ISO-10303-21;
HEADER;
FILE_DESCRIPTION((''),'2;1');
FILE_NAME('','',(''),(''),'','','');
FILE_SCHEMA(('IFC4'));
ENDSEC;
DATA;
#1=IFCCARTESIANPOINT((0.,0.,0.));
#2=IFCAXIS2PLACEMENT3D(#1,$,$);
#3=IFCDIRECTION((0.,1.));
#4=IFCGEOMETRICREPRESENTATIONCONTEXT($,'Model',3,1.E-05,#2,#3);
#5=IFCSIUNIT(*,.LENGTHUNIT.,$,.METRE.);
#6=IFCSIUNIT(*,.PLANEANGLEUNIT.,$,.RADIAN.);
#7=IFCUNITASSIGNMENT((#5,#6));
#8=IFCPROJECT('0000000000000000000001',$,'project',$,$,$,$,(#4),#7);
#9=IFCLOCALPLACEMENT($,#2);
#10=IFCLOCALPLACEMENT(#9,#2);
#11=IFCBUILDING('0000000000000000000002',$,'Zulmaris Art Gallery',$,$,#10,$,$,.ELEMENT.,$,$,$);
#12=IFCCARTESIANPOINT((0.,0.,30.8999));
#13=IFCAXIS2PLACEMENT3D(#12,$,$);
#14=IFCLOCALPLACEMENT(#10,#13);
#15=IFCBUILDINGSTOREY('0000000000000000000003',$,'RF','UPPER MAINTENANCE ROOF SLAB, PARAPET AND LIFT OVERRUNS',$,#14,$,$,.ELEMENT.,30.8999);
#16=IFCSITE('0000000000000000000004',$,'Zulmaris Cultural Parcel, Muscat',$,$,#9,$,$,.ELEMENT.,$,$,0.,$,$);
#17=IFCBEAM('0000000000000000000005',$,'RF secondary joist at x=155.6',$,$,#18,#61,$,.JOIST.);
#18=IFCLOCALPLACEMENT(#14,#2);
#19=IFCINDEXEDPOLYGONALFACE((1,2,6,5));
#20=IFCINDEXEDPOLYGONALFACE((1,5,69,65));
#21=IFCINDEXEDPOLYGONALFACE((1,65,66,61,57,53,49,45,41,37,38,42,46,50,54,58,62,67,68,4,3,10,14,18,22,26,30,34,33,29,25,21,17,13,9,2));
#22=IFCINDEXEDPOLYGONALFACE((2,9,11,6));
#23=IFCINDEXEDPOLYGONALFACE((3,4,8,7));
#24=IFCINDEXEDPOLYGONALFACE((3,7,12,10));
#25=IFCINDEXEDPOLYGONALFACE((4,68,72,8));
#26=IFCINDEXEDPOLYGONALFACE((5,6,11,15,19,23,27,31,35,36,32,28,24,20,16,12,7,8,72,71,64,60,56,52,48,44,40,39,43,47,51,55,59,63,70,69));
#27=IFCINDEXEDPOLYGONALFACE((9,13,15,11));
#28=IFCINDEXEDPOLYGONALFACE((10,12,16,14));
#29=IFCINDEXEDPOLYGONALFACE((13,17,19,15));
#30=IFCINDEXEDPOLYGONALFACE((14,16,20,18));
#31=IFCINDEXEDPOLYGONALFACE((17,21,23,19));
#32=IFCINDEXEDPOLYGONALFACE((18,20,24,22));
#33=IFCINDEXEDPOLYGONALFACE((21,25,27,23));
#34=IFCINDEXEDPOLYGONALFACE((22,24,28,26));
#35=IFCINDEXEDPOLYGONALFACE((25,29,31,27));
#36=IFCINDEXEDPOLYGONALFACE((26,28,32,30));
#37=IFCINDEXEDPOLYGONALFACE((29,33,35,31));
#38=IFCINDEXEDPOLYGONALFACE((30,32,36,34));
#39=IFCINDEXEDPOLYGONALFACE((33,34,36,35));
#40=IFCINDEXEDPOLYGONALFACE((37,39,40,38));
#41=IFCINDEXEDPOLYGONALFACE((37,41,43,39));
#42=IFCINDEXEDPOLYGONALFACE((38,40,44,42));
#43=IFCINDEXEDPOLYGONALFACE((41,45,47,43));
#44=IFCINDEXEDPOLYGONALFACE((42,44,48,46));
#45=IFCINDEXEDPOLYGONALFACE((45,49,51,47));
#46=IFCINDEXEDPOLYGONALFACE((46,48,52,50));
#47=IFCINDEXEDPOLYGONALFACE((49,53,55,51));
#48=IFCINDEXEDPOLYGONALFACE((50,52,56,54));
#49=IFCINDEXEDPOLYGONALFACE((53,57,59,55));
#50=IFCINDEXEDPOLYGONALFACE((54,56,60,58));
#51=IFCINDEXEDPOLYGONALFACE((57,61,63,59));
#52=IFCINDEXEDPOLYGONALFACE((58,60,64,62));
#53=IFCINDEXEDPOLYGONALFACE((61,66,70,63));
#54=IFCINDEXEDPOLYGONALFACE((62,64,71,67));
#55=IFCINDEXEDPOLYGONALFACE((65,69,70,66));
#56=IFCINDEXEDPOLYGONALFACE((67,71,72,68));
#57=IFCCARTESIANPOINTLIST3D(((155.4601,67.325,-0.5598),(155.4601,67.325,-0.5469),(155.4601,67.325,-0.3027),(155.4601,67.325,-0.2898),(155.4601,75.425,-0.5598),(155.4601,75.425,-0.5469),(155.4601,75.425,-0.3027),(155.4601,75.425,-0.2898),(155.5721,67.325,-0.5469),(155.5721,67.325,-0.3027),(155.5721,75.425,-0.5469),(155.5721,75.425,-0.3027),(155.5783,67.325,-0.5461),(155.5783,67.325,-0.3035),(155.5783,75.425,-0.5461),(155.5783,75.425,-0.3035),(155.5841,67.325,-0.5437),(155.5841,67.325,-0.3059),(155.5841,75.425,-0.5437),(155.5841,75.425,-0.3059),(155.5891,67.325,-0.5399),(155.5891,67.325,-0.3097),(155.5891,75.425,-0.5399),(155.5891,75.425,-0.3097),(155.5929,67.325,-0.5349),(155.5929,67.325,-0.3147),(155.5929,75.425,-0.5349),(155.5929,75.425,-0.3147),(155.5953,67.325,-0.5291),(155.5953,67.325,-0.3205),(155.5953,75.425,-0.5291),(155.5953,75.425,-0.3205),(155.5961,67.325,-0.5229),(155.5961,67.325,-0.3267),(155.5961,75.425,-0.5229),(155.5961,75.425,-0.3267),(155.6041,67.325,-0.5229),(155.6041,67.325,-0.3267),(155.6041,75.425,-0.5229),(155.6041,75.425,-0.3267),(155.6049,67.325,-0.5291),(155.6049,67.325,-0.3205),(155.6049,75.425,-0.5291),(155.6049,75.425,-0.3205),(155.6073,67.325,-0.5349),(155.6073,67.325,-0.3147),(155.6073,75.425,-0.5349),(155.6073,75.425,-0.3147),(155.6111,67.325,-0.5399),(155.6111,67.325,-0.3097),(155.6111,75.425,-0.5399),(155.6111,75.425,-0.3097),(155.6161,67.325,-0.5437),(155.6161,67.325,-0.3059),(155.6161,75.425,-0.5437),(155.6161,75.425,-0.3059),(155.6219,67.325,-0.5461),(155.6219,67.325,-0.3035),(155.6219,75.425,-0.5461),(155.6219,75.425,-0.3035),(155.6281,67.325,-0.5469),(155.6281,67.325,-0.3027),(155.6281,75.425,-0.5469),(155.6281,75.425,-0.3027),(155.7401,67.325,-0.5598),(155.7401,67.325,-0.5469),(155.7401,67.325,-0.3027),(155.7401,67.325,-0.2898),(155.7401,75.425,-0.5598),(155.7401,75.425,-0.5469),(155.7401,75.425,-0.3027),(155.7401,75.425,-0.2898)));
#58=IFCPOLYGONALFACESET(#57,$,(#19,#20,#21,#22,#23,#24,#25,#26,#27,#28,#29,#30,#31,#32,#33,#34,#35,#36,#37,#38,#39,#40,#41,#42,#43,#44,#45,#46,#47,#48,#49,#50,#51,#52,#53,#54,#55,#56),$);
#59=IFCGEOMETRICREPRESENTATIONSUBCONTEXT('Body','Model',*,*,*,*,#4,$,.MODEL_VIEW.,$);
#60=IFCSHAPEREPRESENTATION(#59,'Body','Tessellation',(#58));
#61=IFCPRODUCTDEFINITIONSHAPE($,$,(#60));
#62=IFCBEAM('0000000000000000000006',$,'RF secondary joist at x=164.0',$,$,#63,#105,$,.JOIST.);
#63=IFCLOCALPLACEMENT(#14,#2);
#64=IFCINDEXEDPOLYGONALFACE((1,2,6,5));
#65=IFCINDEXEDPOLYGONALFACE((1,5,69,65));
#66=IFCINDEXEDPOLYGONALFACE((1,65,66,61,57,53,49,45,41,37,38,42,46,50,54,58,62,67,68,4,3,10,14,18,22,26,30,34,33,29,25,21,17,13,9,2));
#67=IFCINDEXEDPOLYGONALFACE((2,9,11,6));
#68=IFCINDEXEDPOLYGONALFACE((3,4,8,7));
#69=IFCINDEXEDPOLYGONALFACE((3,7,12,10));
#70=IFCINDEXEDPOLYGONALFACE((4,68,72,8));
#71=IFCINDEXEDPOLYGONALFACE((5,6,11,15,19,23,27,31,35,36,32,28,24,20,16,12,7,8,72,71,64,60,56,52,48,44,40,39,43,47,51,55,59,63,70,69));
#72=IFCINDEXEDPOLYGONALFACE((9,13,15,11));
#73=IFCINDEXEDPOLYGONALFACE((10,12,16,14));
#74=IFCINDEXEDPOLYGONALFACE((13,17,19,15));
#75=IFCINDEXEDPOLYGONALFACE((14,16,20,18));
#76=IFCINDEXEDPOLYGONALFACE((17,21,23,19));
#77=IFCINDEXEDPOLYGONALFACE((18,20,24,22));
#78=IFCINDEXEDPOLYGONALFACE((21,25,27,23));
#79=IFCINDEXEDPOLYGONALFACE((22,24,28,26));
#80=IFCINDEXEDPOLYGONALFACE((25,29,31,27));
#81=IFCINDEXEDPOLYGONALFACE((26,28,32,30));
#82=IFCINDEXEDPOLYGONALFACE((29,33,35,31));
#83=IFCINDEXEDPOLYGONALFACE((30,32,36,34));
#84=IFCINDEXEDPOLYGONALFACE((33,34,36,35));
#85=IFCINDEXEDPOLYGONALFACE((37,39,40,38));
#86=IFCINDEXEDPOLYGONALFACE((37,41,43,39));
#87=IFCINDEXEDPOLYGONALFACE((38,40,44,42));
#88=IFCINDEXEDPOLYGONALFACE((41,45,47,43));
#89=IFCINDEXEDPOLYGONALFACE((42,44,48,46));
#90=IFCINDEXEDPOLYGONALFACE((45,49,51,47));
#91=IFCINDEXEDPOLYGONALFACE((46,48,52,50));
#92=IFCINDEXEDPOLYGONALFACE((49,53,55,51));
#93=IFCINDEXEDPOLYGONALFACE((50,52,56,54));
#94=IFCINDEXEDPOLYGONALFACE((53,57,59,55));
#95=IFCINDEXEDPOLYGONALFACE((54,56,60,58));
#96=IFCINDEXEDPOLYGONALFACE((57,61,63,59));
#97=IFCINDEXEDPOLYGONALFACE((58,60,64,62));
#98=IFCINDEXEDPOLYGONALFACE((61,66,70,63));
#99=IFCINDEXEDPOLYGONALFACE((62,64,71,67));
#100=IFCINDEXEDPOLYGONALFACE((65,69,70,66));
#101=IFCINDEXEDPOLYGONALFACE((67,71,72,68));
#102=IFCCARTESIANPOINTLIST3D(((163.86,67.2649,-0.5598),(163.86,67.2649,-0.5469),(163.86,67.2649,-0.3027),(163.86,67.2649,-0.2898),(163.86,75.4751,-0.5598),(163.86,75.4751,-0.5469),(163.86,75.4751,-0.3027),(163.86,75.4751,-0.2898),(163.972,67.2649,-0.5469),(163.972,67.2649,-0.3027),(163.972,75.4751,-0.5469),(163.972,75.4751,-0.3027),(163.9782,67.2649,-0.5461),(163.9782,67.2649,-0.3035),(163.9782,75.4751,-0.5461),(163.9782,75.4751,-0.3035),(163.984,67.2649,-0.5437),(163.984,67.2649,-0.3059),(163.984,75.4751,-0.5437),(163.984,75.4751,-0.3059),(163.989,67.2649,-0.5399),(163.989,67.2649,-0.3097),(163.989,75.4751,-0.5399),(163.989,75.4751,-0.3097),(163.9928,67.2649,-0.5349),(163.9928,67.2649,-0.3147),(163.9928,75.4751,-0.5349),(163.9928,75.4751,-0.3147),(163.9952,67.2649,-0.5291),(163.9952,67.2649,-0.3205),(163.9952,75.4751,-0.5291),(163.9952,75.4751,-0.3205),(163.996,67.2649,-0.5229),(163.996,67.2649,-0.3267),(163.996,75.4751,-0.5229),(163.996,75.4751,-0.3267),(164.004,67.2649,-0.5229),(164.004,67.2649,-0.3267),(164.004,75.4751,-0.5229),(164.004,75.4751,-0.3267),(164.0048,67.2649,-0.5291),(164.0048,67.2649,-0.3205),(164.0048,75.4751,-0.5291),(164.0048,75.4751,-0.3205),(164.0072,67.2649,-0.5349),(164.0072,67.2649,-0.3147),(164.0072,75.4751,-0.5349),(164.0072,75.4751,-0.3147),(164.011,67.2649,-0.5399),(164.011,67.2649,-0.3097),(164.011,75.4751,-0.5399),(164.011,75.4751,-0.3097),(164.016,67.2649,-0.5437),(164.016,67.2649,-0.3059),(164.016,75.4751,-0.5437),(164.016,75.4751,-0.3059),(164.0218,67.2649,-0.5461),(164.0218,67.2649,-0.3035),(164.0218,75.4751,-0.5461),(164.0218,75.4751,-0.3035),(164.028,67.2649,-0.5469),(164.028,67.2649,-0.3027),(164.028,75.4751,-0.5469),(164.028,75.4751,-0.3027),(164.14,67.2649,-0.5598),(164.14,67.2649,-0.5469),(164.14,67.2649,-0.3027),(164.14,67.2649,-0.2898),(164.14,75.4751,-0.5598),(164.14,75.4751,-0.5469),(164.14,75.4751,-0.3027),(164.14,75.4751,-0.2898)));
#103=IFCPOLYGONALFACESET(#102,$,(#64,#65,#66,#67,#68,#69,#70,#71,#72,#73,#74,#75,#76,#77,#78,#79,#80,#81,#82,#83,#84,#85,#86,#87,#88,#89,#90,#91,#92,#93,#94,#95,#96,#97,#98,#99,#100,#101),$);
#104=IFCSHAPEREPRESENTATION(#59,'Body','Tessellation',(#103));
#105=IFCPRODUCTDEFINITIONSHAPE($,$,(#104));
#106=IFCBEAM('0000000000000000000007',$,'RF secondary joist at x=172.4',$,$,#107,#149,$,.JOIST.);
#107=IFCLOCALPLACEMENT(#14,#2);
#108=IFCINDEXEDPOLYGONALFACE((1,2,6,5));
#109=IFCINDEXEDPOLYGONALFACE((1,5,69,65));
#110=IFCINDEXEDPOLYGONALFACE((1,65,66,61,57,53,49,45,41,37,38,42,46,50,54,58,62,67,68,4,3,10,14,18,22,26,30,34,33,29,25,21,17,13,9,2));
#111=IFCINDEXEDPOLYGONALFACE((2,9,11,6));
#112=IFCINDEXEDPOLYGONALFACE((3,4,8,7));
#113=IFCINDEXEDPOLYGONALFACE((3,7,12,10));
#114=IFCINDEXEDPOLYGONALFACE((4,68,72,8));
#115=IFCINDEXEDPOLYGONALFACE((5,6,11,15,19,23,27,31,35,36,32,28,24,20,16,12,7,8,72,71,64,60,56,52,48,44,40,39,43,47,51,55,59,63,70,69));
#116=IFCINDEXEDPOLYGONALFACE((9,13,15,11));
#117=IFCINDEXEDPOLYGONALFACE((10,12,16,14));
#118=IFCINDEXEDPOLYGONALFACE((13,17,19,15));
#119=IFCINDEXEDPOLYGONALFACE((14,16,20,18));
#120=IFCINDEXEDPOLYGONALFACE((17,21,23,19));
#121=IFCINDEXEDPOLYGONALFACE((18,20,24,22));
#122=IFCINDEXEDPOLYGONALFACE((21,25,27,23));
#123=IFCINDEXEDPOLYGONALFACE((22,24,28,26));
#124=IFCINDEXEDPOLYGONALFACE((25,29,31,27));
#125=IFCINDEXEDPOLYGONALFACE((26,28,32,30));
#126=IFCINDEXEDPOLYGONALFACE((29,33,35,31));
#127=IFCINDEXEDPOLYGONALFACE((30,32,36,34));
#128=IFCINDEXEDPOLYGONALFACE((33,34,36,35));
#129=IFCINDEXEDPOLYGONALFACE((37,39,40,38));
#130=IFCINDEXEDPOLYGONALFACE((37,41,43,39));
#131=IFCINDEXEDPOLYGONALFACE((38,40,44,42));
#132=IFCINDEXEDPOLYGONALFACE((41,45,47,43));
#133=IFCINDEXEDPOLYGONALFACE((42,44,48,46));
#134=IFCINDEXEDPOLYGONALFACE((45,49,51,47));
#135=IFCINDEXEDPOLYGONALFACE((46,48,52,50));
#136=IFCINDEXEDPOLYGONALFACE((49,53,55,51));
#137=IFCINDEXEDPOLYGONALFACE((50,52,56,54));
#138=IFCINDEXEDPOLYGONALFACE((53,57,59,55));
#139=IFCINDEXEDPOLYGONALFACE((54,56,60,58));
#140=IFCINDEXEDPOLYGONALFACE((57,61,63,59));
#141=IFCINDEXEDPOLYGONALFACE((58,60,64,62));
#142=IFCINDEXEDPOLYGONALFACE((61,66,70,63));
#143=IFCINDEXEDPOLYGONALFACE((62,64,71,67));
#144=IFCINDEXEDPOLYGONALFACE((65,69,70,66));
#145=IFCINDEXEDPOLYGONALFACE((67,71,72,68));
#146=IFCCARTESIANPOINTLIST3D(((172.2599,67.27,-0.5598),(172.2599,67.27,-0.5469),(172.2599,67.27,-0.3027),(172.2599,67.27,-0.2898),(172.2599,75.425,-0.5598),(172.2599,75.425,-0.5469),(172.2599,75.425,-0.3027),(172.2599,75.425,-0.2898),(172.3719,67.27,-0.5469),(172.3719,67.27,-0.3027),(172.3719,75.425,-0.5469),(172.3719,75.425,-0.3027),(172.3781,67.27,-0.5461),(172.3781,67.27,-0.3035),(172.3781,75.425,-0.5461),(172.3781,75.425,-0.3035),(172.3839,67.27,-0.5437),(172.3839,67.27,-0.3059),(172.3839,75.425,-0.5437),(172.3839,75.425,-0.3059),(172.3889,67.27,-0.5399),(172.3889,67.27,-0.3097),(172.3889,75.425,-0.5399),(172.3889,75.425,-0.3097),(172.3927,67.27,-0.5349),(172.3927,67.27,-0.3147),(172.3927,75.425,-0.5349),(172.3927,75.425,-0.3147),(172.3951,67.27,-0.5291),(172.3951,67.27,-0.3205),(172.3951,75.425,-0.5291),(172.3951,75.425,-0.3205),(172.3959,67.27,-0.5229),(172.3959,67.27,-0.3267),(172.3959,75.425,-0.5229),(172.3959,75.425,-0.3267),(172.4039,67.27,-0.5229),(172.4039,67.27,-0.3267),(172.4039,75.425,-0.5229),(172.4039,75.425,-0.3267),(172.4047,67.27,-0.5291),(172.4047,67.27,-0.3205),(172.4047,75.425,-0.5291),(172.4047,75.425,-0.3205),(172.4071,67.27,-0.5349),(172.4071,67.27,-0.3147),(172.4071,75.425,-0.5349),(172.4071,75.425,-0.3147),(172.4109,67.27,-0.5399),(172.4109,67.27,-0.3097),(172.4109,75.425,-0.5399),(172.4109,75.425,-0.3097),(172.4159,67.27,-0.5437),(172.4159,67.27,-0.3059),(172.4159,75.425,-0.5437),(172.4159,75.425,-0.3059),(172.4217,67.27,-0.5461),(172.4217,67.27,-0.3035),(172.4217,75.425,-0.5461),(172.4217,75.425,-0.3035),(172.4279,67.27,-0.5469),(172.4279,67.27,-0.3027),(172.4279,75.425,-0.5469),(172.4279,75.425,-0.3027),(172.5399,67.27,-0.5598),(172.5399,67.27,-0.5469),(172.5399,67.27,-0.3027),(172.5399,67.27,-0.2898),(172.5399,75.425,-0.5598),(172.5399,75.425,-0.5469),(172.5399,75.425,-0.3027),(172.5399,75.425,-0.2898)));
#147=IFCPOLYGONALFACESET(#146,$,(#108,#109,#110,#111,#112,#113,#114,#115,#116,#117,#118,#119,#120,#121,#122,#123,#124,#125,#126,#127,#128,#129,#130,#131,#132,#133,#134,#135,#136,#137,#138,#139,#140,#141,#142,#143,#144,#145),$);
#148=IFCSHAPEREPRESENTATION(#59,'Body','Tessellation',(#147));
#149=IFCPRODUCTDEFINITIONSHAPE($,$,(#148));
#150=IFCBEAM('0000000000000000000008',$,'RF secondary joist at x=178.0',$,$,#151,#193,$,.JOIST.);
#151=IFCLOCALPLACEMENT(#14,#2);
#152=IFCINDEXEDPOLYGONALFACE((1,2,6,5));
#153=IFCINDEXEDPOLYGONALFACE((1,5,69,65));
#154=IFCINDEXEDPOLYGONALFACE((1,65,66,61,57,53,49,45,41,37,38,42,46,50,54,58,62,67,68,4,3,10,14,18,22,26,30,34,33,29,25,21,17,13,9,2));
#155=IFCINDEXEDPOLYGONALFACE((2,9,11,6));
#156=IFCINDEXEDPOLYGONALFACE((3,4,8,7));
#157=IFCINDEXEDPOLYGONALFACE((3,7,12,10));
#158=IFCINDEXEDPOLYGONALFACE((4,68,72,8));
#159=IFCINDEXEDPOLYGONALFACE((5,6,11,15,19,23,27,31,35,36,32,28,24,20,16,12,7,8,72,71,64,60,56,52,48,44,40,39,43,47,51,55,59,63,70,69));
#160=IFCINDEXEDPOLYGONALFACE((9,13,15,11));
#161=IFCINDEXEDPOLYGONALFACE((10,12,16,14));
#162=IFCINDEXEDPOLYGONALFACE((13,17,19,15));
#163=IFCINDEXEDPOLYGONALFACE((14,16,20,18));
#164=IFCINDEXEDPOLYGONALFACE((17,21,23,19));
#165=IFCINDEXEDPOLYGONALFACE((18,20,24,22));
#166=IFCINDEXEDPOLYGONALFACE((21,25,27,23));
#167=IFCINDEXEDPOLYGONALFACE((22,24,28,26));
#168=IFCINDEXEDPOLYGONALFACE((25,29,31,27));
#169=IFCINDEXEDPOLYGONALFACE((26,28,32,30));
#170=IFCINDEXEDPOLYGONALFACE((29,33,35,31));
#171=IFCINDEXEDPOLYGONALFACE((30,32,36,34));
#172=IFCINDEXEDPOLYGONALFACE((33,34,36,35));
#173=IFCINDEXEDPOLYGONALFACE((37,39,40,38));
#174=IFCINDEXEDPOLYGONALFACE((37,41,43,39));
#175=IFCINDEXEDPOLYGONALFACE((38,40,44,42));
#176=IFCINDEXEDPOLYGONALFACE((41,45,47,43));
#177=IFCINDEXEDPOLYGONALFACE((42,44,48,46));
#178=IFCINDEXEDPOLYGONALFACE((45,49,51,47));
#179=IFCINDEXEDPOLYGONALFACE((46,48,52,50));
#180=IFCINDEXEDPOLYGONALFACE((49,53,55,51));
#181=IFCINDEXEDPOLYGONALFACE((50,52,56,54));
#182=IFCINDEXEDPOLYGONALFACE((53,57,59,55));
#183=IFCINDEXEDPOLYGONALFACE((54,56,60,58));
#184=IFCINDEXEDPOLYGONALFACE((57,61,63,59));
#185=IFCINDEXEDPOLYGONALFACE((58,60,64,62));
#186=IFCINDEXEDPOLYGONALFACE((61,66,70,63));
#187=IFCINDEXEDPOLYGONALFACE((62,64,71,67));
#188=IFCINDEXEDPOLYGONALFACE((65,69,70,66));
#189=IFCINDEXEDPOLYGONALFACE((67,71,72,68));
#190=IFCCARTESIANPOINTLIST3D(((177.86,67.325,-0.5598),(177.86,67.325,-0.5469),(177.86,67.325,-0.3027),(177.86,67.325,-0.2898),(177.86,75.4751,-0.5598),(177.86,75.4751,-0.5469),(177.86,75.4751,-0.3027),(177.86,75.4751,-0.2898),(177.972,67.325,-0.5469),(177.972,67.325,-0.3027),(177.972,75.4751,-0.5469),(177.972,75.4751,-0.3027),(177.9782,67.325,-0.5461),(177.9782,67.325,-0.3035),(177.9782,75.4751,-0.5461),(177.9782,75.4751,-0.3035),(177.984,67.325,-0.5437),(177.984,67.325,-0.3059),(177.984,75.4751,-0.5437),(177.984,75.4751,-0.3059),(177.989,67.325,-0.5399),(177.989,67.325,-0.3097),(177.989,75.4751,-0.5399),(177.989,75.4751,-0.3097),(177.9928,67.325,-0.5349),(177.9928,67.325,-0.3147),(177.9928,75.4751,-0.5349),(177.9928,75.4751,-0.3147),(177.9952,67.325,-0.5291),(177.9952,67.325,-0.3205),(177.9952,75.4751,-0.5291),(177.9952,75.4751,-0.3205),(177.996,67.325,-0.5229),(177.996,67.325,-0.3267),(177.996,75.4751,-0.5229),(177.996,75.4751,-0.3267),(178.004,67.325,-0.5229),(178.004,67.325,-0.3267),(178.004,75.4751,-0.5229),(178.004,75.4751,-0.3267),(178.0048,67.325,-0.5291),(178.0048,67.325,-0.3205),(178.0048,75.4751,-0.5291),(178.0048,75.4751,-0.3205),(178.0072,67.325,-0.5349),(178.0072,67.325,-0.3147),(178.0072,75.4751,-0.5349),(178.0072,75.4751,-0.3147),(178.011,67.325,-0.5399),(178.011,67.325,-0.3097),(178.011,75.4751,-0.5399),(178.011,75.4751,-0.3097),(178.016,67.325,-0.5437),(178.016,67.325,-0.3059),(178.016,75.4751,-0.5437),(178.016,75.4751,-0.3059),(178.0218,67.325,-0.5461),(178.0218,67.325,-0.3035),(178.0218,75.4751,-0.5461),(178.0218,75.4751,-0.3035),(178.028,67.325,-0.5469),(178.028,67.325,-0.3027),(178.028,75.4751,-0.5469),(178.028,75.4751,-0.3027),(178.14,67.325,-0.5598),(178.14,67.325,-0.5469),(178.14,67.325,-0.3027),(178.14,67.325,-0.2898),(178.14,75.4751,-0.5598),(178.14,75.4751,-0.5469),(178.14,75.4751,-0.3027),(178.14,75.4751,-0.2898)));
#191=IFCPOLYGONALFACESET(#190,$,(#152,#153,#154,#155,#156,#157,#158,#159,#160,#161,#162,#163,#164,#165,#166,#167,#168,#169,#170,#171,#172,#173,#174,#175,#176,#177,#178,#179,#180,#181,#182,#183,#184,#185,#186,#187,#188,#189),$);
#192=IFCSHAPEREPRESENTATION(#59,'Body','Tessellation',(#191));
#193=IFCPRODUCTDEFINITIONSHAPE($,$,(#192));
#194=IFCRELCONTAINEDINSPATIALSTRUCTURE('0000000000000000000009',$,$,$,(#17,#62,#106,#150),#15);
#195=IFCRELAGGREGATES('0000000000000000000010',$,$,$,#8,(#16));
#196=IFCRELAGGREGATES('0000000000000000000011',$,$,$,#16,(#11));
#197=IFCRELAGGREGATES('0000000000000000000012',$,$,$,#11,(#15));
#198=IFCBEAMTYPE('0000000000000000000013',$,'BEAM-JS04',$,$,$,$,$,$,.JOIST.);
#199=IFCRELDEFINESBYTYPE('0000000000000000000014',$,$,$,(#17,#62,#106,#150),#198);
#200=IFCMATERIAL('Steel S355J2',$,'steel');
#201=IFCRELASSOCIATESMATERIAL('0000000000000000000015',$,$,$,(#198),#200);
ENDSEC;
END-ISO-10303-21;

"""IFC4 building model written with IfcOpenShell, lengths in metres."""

from ifc_helpers import new_model, si_unit, direction, frame, origin, origin_2d, place, context, subcontext, project, spatial, i_section, extrude, material, material_profile, profile_set, type_object, element, save


model = new_model("IFC4")

# Units and contexts
model_context = context("Model", 3, precision=1e-05, world=origin(), true_north=direction((0.0, 1.0)))
body_context = subcontext(model_context, "Body", "Model", "MODEL_VIEW")
ifc_project = project(units=[si_unit("LENGTHUNIT", "METRE"), si_unit("PLANEANGLEUNIT", "RADIAN")], contexts=[model_context])

# Site, building, storey
site_placement = place(None, origin())
site = spatial("IfcSite", under=ifc_project, at=site_placement, Name="Zulmaris Cultural Parcel, Muscat", CompositionType="ELEMENT", RefElevation=0.0)
building_placement = place(site_placement, origin())
building = spatial("IfcBuilding", under=site, at=building_placement, Name="Zulmaris Art Gallery", CompositionType="ELEMENT")
storey_placement = place(building_placement, frame((0.0, 0.0, 30.8999)))
storey = spatial("IfcBuildingStorey", under=building, at=storey_placement, Name="RF", Description="UPPER MAINTENANCE ROOF SLAB, PARAPET AND LIFT OVERRUNS", CompositionType="ELEMENT", Elevation=30.8999)

# Beams
ifc_material_1 = material(Name="Steel S355J2", Category="steel")
ifc_material_profile_1 = material_profile(ifc_material_1, i_section(OverallWidth=0.28, OverallDepth=0.27, WebThickness=0.0081, FlangeThickness=0.0129, FilletRadius=0.0239, at=origin_2d()), Name="HEA 280")
ifc_profile_set_1 = profile_set([ifc_material_profile_1], Name="Steel S355J2")
beam_type_1 = type_object("IfcBeamType", Name="BEAM-JS04", PredefinedType="JOIST", material=ifc_profile_set_1)
beam_1_placement = place(storey_placement, frame((155.6001, 67.325, -0.4248), z_axis=(0.0, 1.0, 0.0), x_axis=(-1.0, 0.0, 0.0)))
element("IfcBeam", 1, at=beam_1_placement, inside=storey, type_object=beam_type_1, Name="RF secondary joist at x=155.6", PredefinedType="JOIST", context=body_context, shape_type="SweptSolid", body=[
    extrude(i_section(OverallWidth=0.28, OverallDepth=0.27, WebThickness=0.0081, FlangeThickness=0.0129, FilletRadius=0.0239, at=origin_2d()), origin(), (0.0, 0.0, 1.0), 8.1001),
])
beam_2_placement = place(storey_placement, frame((164.0, 67.2649, -0.4248), z_axis=(0.0, 1.0, 0.0), x_axis=(-1.0, 0.0, 0.0)))
element("IfcBeam", 2, at=beam_2_placement, inside=storey, type_object=beam_type_1, Name="RF secondary joist at x=164.0", PredefinedType="JOIST", context=body_context, shape_type="SweptSolid", body=[
    extrude(i_section(OverallWidth=0.28, OverallDepth=0.27, WebThickness=0.0081, FlangeThickness=0.0129, FilletRadius=0.0239, at=origin_2d()), origin(), (0.0, 0.0, 1.0), 8.2102),
])
beam_3_placement = place(storey_placement, frame((172.3999, 67.27, -0.4248), z_axis=(0.0, 1.0, 0.0), x_axis=(-1.0, 0.0, 0.0)))
element("IfcBeam", 3, at=beam_3_placement, inside=storey, type_object=beam_type_1, Name="RF secondary joist at x=172.4", PredefinedType="JOIST", context=body_context, shape_type="SweptSolid", body=[
    extrude(i_section(OverallWidth=0.28, OverallDepth=0.27, WebThickness=0.0081, FlangeThickness=0.0129, FilletRadius=0.0239, at=origin_2d()), origin(), (0.0, 0.0, 1.0), 8.155),
])
beam_4_placement = place(storey_placement, frame((178.0, 67.325, -0.4248), z_axis=(0.0, 1.0, 0.0), x_axis=(-1.0, 0.0, 0.0)))
element("IfcBeam", 4, at=beam_4_placement, inside=storey, type_object=beam_type_1, Name="RF secondary joist at x=178.0", PredefinedType="JOIST", context=body_context, shape_type="SweptSolid", body=[
    extrude(i_section(OverallWidth=0.28, OverallDepth=0.27, WebThickness=0.0081, FlangeThickness=0.0129, FilletRadius=0.0239, at=origin_2d()), origin(), (0.0, 0.0, 1.0), 8.1501),
])

save(model, "model.ifc")
